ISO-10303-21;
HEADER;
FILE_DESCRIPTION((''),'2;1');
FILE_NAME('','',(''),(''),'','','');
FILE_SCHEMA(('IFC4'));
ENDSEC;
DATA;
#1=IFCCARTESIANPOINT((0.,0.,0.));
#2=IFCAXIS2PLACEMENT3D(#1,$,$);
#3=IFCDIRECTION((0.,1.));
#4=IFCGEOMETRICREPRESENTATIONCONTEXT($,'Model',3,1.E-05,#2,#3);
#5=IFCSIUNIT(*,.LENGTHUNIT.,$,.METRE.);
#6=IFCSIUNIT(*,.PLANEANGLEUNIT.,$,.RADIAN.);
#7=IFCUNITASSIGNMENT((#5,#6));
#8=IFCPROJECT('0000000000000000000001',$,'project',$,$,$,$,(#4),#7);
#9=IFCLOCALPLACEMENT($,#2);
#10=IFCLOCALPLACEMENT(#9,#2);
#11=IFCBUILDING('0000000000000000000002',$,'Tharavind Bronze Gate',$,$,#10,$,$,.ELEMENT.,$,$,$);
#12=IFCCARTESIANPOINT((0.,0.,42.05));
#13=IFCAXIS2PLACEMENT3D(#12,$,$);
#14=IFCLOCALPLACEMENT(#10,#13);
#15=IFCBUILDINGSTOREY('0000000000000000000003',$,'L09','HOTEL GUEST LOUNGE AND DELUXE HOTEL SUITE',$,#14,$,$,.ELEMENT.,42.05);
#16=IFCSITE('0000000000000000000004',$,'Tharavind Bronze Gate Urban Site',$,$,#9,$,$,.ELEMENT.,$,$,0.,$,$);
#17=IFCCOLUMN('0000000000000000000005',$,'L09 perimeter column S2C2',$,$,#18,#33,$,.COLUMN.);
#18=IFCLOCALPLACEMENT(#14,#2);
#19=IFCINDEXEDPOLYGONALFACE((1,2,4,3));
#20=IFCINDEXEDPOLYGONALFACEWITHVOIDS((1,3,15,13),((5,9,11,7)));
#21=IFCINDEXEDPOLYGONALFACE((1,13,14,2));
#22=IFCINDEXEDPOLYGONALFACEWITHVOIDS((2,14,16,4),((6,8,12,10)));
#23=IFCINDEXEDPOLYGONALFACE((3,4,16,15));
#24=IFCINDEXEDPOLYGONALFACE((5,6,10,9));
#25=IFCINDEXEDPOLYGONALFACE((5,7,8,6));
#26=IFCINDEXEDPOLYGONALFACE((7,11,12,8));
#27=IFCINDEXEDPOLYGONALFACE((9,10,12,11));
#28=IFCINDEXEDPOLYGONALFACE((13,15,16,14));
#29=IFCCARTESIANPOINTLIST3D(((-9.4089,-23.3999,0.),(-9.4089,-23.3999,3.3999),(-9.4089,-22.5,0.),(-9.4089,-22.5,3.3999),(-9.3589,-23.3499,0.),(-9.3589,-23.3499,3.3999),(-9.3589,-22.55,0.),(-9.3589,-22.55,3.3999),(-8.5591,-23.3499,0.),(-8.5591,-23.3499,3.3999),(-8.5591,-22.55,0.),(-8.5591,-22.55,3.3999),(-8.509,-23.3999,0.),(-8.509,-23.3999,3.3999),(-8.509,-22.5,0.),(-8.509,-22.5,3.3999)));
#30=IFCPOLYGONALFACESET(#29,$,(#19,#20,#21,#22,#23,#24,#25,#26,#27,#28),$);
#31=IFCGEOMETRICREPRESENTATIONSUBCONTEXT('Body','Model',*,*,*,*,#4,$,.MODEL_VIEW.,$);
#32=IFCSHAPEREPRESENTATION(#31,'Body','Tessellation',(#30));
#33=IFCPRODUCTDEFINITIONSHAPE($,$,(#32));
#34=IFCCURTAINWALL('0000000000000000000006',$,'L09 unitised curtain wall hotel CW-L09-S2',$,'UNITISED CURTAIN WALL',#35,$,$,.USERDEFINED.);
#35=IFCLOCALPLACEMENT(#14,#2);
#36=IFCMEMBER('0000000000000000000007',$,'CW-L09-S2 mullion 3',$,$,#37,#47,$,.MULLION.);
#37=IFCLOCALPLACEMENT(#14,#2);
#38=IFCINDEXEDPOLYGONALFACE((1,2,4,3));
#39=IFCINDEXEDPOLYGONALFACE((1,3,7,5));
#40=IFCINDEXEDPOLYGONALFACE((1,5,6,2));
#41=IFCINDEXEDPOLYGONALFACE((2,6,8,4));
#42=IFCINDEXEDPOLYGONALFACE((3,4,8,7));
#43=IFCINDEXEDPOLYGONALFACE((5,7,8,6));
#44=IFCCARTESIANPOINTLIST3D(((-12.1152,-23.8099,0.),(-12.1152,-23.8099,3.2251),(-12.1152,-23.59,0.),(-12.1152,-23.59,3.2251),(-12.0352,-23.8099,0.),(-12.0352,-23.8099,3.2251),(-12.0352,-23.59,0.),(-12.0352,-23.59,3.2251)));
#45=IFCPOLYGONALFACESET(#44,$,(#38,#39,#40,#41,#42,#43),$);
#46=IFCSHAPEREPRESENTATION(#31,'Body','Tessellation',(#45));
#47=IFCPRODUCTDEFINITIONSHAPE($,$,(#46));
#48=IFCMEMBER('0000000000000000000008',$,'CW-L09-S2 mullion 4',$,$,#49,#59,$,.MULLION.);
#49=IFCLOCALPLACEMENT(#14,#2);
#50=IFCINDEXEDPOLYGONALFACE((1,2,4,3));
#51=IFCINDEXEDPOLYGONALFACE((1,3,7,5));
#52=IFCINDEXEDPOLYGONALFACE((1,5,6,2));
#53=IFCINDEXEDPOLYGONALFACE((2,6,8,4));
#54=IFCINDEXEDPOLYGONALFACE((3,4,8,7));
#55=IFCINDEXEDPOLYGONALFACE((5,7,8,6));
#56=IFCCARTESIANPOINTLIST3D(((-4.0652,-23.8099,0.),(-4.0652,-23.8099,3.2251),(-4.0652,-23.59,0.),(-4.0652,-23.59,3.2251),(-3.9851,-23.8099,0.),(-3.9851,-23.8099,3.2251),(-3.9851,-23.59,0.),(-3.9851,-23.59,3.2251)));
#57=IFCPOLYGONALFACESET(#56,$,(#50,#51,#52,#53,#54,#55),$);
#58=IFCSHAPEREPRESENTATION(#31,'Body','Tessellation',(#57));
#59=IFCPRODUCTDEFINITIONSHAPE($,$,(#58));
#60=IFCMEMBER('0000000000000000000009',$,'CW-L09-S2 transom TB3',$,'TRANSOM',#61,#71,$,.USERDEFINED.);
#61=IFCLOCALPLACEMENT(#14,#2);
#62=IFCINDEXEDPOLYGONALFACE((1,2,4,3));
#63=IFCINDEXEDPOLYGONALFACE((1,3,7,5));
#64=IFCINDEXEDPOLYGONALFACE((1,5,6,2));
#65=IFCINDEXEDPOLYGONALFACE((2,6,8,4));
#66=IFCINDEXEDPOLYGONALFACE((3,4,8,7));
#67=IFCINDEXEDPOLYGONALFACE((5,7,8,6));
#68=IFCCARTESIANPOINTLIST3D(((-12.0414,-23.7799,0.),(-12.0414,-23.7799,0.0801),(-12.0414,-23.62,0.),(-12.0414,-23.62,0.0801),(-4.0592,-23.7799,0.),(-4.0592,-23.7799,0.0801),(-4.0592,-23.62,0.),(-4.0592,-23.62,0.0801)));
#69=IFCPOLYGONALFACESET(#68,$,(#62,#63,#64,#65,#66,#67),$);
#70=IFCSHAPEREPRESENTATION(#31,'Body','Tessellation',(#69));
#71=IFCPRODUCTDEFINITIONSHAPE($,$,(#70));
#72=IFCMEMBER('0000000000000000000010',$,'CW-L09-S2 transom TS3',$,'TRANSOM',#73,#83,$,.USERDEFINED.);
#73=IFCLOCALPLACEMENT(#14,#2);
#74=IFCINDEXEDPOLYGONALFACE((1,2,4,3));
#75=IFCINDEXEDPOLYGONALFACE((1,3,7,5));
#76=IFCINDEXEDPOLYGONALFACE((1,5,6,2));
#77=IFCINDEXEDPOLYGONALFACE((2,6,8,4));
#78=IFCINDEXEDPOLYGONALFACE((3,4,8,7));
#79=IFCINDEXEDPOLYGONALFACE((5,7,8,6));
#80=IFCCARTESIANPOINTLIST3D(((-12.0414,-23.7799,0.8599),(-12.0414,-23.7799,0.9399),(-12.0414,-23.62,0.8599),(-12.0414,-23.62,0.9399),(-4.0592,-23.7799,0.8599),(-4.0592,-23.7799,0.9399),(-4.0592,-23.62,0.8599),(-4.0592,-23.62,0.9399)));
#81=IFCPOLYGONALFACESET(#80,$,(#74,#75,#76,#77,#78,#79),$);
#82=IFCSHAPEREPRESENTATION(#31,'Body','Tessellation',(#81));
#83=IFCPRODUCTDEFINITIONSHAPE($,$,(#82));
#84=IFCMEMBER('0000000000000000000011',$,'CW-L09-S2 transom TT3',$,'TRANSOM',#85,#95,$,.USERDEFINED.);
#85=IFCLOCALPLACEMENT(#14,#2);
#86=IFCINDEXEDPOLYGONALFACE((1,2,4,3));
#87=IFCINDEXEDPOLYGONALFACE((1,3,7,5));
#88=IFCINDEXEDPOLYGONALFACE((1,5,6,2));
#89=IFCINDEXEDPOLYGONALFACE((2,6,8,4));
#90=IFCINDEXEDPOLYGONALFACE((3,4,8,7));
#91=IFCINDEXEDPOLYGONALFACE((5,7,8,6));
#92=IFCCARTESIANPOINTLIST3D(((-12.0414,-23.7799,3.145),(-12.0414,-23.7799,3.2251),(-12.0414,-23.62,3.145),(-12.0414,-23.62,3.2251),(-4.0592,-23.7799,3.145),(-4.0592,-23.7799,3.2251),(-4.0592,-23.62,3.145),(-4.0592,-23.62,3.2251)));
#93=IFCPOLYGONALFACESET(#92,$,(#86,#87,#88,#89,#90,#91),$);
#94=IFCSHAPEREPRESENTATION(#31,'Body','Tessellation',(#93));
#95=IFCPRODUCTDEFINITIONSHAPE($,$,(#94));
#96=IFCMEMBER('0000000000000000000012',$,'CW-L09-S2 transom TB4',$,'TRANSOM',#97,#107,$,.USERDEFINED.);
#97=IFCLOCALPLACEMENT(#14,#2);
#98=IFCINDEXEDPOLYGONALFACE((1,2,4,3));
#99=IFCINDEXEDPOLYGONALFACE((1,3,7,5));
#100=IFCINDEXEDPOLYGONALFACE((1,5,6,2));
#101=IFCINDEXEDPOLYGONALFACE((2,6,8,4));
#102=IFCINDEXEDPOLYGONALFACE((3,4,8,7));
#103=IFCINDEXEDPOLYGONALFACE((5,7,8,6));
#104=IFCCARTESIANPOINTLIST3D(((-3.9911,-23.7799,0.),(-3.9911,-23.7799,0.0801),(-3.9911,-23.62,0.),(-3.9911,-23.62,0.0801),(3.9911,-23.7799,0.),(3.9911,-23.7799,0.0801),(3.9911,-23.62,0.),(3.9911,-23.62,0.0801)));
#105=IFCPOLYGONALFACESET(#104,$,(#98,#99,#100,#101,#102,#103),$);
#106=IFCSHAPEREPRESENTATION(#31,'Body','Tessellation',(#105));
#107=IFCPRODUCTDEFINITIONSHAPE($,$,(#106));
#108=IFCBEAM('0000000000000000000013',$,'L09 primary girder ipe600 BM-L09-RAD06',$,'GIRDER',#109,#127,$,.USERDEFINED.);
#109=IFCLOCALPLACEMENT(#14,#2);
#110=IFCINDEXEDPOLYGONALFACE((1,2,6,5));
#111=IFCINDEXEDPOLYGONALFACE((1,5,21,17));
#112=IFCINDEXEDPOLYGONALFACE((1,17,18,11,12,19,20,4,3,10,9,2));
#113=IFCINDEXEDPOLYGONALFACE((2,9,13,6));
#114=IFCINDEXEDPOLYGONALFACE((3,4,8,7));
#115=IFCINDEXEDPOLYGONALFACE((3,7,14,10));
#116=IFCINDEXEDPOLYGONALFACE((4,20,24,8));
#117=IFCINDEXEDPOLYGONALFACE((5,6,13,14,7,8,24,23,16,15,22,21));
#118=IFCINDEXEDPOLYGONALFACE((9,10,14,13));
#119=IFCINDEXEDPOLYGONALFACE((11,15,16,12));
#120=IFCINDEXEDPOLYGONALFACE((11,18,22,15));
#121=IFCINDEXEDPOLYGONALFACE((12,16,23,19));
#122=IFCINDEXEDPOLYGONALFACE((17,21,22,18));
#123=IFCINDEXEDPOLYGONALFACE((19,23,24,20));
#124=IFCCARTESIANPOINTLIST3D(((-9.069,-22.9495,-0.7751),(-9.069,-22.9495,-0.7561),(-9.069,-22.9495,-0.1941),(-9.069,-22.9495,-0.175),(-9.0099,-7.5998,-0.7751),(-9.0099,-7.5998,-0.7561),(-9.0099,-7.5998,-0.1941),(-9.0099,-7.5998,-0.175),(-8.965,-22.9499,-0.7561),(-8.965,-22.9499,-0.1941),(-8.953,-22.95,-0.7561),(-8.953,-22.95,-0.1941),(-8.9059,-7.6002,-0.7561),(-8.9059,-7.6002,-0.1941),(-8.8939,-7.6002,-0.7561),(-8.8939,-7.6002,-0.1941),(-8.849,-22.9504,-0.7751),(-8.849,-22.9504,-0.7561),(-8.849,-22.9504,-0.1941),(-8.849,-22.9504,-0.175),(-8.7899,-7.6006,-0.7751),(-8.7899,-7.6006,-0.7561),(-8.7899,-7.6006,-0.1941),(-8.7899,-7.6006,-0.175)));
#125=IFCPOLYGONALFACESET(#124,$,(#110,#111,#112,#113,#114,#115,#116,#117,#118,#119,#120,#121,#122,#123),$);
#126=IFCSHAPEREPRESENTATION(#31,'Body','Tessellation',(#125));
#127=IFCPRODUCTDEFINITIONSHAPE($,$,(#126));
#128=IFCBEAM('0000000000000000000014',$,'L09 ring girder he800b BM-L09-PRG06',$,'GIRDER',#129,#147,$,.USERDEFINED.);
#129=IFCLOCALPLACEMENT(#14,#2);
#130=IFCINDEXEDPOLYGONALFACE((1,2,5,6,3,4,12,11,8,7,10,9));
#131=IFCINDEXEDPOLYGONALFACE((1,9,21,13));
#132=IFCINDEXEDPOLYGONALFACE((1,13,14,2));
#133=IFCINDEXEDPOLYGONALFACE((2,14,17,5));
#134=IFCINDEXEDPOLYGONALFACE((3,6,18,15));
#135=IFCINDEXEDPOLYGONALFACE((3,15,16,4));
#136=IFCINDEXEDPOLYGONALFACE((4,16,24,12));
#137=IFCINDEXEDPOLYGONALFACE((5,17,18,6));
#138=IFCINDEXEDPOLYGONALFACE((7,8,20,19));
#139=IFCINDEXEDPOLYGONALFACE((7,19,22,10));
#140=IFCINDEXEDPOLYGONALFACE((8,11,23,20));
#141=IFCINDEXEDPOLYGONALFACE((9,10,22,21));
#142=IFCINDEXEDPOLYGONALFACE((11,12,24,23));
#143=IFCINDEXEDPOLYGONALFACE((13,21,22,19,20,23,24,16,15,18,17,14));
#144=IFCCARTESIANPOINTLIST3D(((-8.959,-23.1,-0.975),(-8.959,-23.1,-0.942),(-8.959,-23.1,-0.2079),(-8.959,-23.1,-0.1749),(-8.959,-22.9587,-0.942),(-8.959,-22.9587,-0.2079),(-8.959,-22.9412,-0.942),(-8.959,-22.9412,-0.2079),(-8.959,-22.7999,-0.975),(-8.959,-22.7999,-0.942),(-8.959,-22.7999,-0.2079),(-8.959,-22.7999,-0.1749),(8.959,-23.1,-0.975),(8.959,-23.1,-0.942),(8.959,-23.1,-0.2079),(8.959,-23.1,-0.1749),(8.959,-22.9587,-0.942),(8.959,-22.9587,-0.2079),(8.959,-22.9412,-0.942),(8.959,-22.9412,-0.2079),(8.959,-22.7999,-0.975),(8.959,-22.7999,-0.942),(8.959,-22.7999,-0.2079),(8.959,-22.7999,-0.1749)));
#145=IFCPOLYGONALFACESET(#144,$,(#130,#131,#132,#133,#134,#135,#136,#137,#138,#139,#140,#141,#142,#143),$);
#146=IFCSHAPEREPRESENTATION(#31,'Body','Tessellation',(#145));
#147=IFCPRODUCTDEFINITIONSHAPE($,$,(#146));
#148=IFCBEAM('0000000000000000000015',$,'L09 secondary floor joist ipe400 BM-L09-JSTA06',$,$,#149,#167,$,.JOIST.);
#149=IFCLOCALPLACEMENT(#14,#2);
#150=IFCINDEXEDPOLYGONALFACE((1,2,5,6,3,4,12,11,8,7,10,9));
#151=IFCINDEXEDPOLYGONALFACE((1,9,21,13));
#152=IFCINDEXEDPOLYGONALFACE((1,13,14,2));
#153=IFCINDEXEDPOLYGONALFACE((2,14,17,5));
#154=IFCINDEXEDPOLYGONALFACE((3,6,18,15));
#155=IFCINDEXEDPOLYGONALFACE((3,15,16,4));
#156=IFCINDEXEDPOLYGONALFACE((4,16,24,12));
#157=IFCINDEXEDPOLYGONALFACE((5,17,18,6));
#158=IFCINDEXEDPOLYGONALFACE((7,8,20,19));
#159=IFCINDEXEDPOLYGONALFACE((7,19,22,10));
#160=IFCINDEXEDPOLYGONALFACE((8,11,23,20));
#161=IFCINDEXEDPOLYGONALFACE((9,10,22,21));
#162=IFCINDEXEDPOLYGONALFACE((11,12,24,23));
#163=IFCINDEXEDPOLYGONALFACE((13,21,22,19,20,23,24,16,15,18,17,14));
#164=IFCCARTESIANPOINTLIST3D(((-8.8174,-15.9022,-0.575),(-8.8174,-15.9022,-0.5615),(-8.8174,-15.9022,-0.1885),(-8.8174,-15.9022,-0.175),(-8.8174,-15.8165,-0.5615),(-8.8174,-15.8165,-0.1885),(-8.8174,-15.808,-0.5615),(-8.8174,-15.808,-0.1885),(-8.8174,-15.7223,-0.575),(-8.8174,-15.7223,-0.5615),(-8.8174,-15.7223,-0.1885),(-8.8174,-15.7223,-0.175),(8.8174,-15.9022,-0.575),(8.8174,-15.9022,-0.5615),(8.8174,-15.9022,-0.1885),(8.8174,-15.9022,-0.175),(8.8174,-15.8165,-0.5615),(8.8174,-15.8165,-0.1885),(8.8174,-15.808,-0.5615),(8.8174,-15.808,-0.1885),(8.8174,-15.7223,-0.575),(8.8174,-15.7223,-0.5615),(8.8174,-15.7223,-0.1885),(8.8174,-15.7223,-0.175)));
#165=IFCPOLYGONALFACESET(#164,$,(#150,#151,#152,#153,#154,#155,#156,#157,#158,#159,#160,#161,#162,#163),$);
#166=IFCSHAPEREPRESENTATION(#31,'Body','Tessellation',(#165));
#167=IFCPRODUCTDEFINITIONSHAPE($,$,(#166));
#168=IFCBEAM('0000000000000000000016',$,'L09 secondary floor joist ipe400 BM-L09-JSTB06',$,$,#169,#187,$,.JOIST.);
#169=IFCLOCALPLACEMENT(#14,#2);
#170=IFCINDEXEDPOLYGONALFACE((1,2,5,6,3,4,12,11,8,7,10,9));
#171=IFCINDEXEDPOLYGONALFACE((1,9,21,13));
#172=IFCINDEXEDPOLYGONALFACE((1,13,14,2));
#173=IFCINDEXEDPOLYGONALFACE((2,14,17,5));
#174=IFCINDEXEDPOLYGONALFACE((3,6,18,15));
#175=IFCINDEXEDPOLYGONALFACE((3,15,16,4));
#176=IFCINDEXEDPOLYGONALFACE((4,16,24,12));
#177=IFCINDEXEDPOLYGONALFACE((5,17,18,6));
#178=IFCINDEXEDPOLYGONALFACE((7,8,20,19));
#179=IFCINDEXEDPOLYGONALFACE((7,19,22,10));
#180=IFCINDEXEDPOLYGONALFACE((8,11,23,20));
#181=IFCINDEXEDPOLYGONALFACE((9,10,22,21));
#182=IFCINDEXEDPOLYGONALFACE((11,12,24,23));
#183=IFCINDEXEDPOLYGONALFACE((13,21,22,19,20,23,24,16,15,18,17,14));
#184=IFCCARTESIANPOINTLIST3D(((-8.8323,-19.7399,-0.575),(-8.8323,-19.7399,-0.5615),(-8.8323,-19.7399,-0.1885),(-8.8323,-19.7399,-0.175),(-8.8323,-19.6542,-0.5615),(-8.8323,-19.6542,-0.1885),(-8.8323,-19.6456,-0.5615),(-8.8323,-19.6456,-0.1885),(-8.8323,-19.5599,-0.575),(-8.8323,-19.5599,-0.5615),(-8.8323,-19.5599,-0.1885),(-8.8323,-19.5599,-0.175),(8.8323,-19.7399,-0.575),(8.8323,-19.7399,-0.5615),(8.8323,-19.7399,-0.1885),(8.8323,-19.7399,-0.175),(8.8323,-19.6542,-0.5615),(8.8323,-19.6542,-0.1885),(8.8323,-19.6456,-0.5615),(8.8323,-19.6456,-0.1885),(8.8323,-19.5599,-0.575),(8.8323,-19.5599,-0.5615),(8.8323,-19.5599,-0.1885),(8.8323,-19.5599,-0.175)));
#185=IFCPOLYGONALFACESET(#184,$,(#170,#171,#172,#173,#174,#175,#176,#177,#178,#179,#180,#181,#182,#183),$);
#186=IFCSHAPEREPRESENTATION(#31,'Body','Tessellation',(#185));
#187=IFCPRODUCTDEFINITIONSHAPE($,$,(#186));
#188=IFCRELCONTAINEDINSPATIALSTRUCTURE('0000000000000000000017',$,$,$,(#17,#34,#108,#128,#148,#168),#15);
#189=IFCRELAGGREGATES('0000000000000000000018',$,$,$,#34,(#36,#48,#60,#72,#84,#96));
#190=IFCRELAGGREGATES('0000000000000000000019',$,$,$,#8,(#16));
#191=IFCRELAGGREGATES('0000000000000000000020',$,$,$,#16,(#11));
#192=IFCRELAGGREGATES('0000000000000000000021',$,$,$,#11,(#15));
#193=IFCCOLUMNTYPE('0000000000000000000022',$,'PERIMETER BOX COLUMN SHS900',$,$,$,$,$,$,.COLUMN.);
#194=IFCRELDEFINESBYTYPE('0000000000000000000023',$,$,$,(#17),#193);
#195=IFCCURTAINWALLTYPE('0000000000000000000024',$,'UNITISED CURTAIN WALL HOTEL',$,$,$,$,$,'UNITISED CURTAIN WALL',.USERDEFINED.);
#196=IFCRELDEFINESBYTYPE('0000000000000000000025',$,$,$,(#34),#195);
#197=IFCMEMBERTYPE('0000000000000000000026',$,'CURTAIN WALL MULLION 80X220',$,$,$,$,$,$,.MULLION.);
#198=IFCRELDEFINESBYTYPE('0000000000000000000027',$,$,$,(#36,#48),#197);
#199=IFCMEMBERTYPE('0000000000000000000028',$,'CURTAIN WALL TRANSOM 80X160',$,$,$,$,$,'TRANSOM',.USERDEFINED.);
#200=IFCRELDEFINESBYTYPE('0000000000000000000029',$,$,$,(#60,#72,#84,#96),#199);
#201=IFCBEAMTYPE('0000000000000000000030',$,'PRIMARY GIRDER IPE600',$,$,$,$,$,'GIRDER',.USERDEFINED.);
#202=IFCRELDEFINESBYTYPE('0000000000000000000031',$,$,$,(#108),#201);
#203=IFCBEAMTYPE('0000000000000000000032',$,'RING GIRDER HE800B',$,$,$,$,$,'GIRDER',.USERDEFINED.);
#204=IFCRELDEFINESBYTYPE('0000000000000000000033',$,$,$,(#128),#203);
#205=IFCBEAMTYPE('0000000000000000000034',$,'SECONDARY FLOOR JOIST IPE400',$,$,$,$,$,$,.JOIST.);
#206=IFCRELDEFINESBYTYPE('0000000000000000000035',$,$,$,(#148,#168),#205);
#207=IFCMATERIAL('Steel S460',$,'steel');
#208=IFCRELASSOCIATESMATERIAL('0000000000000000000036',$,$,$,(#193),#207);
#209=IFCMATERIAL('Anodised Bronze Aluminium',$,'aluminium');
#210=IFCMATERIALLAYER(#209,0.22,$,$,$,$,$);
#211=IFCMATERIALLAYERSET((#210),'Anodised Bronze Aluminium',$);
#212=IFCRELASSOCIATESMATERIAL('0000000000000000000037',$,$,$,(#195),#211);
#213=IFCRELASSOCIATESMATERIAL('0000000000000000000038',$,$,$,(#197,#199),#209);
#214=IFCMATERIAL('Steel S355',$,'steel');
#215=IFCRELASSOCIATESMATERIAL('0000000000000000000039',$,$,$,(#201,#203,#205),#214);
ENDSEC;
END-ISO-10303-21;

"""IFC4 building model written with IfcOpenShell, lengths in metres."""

from ifc_helpers import new_model, si_unit, direction, frame, origin, origin_2d, place, context, subcontext, project, spatial, rectangle, hollow_rectangle, i_section, extrude, material, layer, layer_set, material_profile, profile_set, type_object, element, aggregate, save


model = new_model("IFC4")

# Units and contexts
model_context = context("Model", 3, precision=1e-05, world=origin(), true_north=direction((0.0, 1.0)))
body_context = subcontext(model_context, "Body", "Model", "MODEL_VIEW")
ifc_project = project(units=[si_unit("LENGTHUNIT", "METRE"), si_unit("PLANEANGLEUNIT", "RADIAN")], contexts=[model_context])

# Site, building, storey
site_placement = place(None, origin())
site = spatial("IfcSite", under=ifc_project, at=site_placement, Name="Tharavind Bronze Gate Urban Site", CompositionType="ELEMENT", RefElevation=0.0)
building_placement = place(site_placement, origin())
building = spatial("IfcBuilding", under=site, at=building_placement, Name="Tharavind Bronze Gate", CompositionType="ELEMENT")
storey_placement = place(building_placement, frame((0.0, 0.0, 42.05)))
storey = spatial("IfcBuildingStorey", under=building, at=storey_placement, Name="L09", Description="HOTEL GUEST LOUNGE AND DELUXE HOTEL SUITE", CompositionType="ELEMENT", Elevation=42.05)

# Column
ifc_material_1 = material(Name="Steel S460", Category="steel")
ifc_material_profile_1 = material_profile(ifc_material_1, hollow_rectangle(XDim=0.8999, YDim=0.8999, WallThickness=0.05, at=origin_2d()), Name="SHS900X50")
ifc_profile_set_1 = profile_set([ifc_material_profile_1], Name="Steel S460")
column_type = type_object("IfcColumnType", Name="PERIMETER BOX COLUMN SHS900", PredefinedType="COLUMN", material=ifc_profile_set_1)
column_placement = place(storey_placement, frame((-8.959, -22.95, 0.0), z_axis=(0.0, 0.0, 1.0), x_axis=(1.0, 0.0, 0.0)))
element("IfcColumn", 1, at=column_placement, inside=storey, type_object=column_type, Name="L09 perimeter column S2C2", PredefinedType="COLUMN", context=body_context, shape_type="SweptSolid", body=[
    extrude(hollow_rectangle(XDim=0.8999, YDim=0.8999, WallThickness=0.05, at=origin_2d()), origin(), (0.0, 0.0, 1.0), 3.3999),
])

# Curtain wall, members
ifc_material_2 = material(Name="Anodised Bronze Aluminium", Category="aluminium")
ifc_layer_1 = layer(ifc_material_2, 0.22)
ifc_layer_set_1 = layer_set([ifc_layer_1], Name="Anodised Bronze Aluminium")
curtain_wall_type = type_object("IfcCurtainWallType", Name="UNITISED CURTAIN WALL HOTEL", ElementType="UNITISED CURTAIN WALL", PredefinedType="USERDEFINED", material=ifc_layer_set_1)
curtain_wall_placement = place(storey_placement, origin())
curtain_wall = element("IfcCurtainWall", 2, at=curtain_wall_placement, inside=storey, type_object=curtain_wall_type, Name="L09 unitised curtain wall hotel CW-L09-S2", ObjectType="UNITISED CURTAIN WALL", PredefinedType="USERDEFINED")
member_type_1 = type_object("IfcMemberType", Name="CURTAIN WALL MULLION 80X220", PredefinedType="MULLION", material=ifc_material_2)
member_1_placement = place(storey_placement, frame((-12.0752, -23.7, 0.0), z_axis=(0.0, 0.0, 1.0), x_axis=(1.0, 0.0, 0.0)))
member_1 = element("IfcMember", 3, at=member_1_placement, type_object=member_type_1, Name="CW-L09-S2 mullion 3", PredefinedType="MULLION", context=body_context, shape_type="SweptSolid", body=[
    extrude(rectangle(XDim=0.0801, YDim=0.22, at=origin_2d()), origin(), (0.0, 0.0, 1.0), 3.2251),
])
member_2_placement = place(storey_placement, frame((-4.0251, -23.7, 0.0), z_axis=(0.0, 0.0, 1.0), x_axis=(1.0, 0.0, 0.0)))
member_2 = element("IfcMember", 4, at=member_2_placement, type_object=member_type_1, Name="CW-L09-S2 mullion 4", PredefinedType="MULLION", context=body_context, shape_type="SweptSolid", body=[
    extrude(rectangle(XDim=0.0801, YDim=0.22, at=origin_2d()), origin(), (0.0, 0.0, 1.0), 3.2251),
])
member_type_2 = type_object("IfcMemberType", Name="CURTAIN WALL TRANSOM 80X160", ElementType="TRANSOM", PredefinedType="USERDEFINED", material=ifc_material_2)
member_3_placement = place(storey_placement, frame((-8.0503, -23.7, 0.0), z_axis=(0.0, 0.0, 1.0), x_axis=(1.0, 0.0, 0.0)))
member_3 = element("IfcMember", 5, at=member_3_placement, type_object=member_type_2, Name="CW-L09-S2 transom TB3", ObjectType="TRANSOM", PredefinedType="USERDEFINED", context=body_context, shape_type="SweptSolid", body=[
    extrude(rectangle(XDim=7.9822, YDim=0.1599, at=origin_2d()), origin(), (0.0, 0.0, 1.0), 0.0801),
])
member_4_placement = place(storey_placement, frame((-8.0503, -23.7, 0.8599), z_axis=(0.0, 0.0, 1.0), x_axis=(1.0, 0.0, 0.0)))
member_4 = element("IfcMember", 6, at=member_4_placement, type_object=member_type_2, Name="CW-L09-S2 transom TS3", ObjectType="TRANSOM", PredefinedType="USERDEFINED", context=body_context, shape_type="SweptSolid", body=[
    extrude(rectangle(XDim=7.9822, YDim=0.1599, at=origin_2d()), origin(), (0.0, 0.0, 1.0), 0.0801),
])
member_5_placement = place(storey_placement, frame((-8.0503, -23.7, 3.145), z_axis=(0.0, 0.0, 1.0), x_axis=(1.0, 0.0, 0.0)))
member_5 = element("IfcMember", 7, at=member_5_placement, type_object=member_type_2, Name="CW-L09-S2 transom TT3", ObjectType="TRANSOM", PredefinedType="USERDEFINED", context=body_context, shape_type="SweptSolid", body=[
    extrude(rectangle(XDim=7.9822, YDim=0.1599, at=origin_2d()), origin(), (0.0, 0.0, 1.0), 0.0801),
])
member_6_placement = place(storey_placement, frame((0.0, -23.7, 0.0), z_axis=(0.0, 0.0, 1.0), x_axis=(1.0, 0.0, 0.0)))
member_6 = element("IfcMember", 8, at=member_6_placement, type_object=member_type_2, Name="CW-L09-S2 transom TB4", ObjectType="TRANSOM", PredefinedType="USERDEFINED", context=body_context, shape_type="SweptSolid", body=[
    extrude(rectangle(XDim=7.9822, YDim=0.1599, at=origin_2d()), origin(), (0.0, 0.0, 1.0), 0.0801),
])

# Beams
ifc_material_3 = material(Name="Steel S355", Category="steel")
ifc_material_profile_2 = material_profile(ifc_material_3, i_section(OverallWidth=0.22, OverallDepth=0.6001, WebThickness=0.012, FlangeThickness=0.019, at=origin_2d()), Name="IPE600")
ifc_profile_set_2 = profile_set([ifc_material_profile_2], Name="Steel S355")
beam_type_1 = type_object("IfcBeamType", Name="PRIMARY GIRDER IPE600", ElementType="GIRDER", PredefinedType="USERDEFINED", material=ifc_profile_set_2)
beam_1_placement = place(storey_placement, frame((-8.959, -22.95, -0.4751), z_axis=(0.003849, 0.999993, 0.0), x_axis=(-0.999993, 0.003849, 0.0)))
element("IfcBeam", 9, at=beam_1_placement, inside=storey, type_object=beam_type_1, Name="L09 primary girder ipe600 BM-L09-RAD06", ObjectType="GIRDER", PredefinedType="USERDEFINED", context=body_context, shape_type="SweptSolid", body=[
    extrude(i_section(OverallWidth=0.22, OverallDepth=0.6001, WebThickness=0.012, FlangeThickness=0.019, at=origin_2d()), origin(), (0.0, 0.0, 1.0), 15.3499),
])
ifc_material_profile_3 = material_profile(ifc_material_3, i_section(OverallWidth=0.3, OverallDepth=0.8, WebThickness=0.0176, FlangeThickness=0.033, at=origin_2d()), Name="HE800B")
ifc_profile_set_3 = profile_set([ifc_material_profile_3], Name="Steel S355")
beam_type_2 = type_object("IfcBeamType", Name="RING GIRDER HE800B", ElementType="GIRDER", PredefinedType="USERDEFINED", material=ifc_profile_set_3)
beam_2_placement = place(storey_placement, frame((-8.959, -22.95, -0.575), z_axis=(1.0, 0.0, 0.0), x_axis=(0.0, 1.0, 0.0)))
element("IfcBeam", 10, at=beam_2_placement, inside=storey, type_object=beam_type_2, Name="L09 ring girder he800b BM-L09-PRG06", ObjectType="GIRDER", PredefinedType="USERDEFINED", context=body_context, shape_type="SweptSolid", body=[
    extrude(i_section(OverallWidth=0.3, OverallDepth=0.8, WebThickness=0.0176, FlangeThickness=0.033, at=origin_2d()), origin(), (0.0, 0.0, 1.0), 17.918),
])
ifc_material_profile_4 = material_profile(ifc_material_3, i_section(OverallWidth=0.1799, OverallDepth=0.3999, WebThickness=0.0085, FlangeThickness=0.0134, at=origin_2d()), Name="IPE400")
ifc_profile_set_4 = profile_set([ifc_material_profile_4], Name="Steel S355")
beam_type_3 = type_object("IfcBeamType", Name="SECONDARY FLOOR JOIST IPE400", PredefinedType="JOIST", material=ifc_profile_set_4)
beam_3_placement = place(storey_placement, frame((-8.8174, -15.8123, -0.375), z_axis=(1.0, 0.0, 0.0), x_axis=(0.0, 1.0, 0.0)))
element("IfcBeam", 11, at=beam_3_placement, inside=storey, type_object=beam_type_3, Name="L09 secondary floor joist ipe400 BM-L09-JSTA06", PredefinedType="JOIST", context=body_context, shape_type="SweptSolid", body=[
    extrude(i_section(OverallWidth=0.1799, OverallDepth=0.3999, WebThickness=0.0085, FlangeThickness=0.0134, at=origin_2d()), origin(), (0.0, 0.0, 1.0), 17.6348),
])
beam_4_placement = place(storey_placement, frame((-8.8323, -19.6499, -0.375), z_axis=(1.0, 0.0, 0.0), x_axis=(0.0, 1.0, 0.0)))
element("IfcBeam", 12, at=beam_4_placement, inside=storey, type_object=beam_type_3, Name="L09 secondary floor joist ipe400 BM-L09-JSTB06", PredefinedType="JOIST", context=body_context, shape_type="SweptSolid", body=[
    extrude(i_section(OverallWidth=0.1799, OverallDepth=0.3999, WebThickness=0.0085, FlangeThickness=0.0134, at=origin_2d()), origin(), (0.0, 0.0, 1.0), 17.6646),
])

aggregate(curtain_wall, [member_1, member_2, member_3, member_4, member_5, member_6])

save(model, "model.ifc")
